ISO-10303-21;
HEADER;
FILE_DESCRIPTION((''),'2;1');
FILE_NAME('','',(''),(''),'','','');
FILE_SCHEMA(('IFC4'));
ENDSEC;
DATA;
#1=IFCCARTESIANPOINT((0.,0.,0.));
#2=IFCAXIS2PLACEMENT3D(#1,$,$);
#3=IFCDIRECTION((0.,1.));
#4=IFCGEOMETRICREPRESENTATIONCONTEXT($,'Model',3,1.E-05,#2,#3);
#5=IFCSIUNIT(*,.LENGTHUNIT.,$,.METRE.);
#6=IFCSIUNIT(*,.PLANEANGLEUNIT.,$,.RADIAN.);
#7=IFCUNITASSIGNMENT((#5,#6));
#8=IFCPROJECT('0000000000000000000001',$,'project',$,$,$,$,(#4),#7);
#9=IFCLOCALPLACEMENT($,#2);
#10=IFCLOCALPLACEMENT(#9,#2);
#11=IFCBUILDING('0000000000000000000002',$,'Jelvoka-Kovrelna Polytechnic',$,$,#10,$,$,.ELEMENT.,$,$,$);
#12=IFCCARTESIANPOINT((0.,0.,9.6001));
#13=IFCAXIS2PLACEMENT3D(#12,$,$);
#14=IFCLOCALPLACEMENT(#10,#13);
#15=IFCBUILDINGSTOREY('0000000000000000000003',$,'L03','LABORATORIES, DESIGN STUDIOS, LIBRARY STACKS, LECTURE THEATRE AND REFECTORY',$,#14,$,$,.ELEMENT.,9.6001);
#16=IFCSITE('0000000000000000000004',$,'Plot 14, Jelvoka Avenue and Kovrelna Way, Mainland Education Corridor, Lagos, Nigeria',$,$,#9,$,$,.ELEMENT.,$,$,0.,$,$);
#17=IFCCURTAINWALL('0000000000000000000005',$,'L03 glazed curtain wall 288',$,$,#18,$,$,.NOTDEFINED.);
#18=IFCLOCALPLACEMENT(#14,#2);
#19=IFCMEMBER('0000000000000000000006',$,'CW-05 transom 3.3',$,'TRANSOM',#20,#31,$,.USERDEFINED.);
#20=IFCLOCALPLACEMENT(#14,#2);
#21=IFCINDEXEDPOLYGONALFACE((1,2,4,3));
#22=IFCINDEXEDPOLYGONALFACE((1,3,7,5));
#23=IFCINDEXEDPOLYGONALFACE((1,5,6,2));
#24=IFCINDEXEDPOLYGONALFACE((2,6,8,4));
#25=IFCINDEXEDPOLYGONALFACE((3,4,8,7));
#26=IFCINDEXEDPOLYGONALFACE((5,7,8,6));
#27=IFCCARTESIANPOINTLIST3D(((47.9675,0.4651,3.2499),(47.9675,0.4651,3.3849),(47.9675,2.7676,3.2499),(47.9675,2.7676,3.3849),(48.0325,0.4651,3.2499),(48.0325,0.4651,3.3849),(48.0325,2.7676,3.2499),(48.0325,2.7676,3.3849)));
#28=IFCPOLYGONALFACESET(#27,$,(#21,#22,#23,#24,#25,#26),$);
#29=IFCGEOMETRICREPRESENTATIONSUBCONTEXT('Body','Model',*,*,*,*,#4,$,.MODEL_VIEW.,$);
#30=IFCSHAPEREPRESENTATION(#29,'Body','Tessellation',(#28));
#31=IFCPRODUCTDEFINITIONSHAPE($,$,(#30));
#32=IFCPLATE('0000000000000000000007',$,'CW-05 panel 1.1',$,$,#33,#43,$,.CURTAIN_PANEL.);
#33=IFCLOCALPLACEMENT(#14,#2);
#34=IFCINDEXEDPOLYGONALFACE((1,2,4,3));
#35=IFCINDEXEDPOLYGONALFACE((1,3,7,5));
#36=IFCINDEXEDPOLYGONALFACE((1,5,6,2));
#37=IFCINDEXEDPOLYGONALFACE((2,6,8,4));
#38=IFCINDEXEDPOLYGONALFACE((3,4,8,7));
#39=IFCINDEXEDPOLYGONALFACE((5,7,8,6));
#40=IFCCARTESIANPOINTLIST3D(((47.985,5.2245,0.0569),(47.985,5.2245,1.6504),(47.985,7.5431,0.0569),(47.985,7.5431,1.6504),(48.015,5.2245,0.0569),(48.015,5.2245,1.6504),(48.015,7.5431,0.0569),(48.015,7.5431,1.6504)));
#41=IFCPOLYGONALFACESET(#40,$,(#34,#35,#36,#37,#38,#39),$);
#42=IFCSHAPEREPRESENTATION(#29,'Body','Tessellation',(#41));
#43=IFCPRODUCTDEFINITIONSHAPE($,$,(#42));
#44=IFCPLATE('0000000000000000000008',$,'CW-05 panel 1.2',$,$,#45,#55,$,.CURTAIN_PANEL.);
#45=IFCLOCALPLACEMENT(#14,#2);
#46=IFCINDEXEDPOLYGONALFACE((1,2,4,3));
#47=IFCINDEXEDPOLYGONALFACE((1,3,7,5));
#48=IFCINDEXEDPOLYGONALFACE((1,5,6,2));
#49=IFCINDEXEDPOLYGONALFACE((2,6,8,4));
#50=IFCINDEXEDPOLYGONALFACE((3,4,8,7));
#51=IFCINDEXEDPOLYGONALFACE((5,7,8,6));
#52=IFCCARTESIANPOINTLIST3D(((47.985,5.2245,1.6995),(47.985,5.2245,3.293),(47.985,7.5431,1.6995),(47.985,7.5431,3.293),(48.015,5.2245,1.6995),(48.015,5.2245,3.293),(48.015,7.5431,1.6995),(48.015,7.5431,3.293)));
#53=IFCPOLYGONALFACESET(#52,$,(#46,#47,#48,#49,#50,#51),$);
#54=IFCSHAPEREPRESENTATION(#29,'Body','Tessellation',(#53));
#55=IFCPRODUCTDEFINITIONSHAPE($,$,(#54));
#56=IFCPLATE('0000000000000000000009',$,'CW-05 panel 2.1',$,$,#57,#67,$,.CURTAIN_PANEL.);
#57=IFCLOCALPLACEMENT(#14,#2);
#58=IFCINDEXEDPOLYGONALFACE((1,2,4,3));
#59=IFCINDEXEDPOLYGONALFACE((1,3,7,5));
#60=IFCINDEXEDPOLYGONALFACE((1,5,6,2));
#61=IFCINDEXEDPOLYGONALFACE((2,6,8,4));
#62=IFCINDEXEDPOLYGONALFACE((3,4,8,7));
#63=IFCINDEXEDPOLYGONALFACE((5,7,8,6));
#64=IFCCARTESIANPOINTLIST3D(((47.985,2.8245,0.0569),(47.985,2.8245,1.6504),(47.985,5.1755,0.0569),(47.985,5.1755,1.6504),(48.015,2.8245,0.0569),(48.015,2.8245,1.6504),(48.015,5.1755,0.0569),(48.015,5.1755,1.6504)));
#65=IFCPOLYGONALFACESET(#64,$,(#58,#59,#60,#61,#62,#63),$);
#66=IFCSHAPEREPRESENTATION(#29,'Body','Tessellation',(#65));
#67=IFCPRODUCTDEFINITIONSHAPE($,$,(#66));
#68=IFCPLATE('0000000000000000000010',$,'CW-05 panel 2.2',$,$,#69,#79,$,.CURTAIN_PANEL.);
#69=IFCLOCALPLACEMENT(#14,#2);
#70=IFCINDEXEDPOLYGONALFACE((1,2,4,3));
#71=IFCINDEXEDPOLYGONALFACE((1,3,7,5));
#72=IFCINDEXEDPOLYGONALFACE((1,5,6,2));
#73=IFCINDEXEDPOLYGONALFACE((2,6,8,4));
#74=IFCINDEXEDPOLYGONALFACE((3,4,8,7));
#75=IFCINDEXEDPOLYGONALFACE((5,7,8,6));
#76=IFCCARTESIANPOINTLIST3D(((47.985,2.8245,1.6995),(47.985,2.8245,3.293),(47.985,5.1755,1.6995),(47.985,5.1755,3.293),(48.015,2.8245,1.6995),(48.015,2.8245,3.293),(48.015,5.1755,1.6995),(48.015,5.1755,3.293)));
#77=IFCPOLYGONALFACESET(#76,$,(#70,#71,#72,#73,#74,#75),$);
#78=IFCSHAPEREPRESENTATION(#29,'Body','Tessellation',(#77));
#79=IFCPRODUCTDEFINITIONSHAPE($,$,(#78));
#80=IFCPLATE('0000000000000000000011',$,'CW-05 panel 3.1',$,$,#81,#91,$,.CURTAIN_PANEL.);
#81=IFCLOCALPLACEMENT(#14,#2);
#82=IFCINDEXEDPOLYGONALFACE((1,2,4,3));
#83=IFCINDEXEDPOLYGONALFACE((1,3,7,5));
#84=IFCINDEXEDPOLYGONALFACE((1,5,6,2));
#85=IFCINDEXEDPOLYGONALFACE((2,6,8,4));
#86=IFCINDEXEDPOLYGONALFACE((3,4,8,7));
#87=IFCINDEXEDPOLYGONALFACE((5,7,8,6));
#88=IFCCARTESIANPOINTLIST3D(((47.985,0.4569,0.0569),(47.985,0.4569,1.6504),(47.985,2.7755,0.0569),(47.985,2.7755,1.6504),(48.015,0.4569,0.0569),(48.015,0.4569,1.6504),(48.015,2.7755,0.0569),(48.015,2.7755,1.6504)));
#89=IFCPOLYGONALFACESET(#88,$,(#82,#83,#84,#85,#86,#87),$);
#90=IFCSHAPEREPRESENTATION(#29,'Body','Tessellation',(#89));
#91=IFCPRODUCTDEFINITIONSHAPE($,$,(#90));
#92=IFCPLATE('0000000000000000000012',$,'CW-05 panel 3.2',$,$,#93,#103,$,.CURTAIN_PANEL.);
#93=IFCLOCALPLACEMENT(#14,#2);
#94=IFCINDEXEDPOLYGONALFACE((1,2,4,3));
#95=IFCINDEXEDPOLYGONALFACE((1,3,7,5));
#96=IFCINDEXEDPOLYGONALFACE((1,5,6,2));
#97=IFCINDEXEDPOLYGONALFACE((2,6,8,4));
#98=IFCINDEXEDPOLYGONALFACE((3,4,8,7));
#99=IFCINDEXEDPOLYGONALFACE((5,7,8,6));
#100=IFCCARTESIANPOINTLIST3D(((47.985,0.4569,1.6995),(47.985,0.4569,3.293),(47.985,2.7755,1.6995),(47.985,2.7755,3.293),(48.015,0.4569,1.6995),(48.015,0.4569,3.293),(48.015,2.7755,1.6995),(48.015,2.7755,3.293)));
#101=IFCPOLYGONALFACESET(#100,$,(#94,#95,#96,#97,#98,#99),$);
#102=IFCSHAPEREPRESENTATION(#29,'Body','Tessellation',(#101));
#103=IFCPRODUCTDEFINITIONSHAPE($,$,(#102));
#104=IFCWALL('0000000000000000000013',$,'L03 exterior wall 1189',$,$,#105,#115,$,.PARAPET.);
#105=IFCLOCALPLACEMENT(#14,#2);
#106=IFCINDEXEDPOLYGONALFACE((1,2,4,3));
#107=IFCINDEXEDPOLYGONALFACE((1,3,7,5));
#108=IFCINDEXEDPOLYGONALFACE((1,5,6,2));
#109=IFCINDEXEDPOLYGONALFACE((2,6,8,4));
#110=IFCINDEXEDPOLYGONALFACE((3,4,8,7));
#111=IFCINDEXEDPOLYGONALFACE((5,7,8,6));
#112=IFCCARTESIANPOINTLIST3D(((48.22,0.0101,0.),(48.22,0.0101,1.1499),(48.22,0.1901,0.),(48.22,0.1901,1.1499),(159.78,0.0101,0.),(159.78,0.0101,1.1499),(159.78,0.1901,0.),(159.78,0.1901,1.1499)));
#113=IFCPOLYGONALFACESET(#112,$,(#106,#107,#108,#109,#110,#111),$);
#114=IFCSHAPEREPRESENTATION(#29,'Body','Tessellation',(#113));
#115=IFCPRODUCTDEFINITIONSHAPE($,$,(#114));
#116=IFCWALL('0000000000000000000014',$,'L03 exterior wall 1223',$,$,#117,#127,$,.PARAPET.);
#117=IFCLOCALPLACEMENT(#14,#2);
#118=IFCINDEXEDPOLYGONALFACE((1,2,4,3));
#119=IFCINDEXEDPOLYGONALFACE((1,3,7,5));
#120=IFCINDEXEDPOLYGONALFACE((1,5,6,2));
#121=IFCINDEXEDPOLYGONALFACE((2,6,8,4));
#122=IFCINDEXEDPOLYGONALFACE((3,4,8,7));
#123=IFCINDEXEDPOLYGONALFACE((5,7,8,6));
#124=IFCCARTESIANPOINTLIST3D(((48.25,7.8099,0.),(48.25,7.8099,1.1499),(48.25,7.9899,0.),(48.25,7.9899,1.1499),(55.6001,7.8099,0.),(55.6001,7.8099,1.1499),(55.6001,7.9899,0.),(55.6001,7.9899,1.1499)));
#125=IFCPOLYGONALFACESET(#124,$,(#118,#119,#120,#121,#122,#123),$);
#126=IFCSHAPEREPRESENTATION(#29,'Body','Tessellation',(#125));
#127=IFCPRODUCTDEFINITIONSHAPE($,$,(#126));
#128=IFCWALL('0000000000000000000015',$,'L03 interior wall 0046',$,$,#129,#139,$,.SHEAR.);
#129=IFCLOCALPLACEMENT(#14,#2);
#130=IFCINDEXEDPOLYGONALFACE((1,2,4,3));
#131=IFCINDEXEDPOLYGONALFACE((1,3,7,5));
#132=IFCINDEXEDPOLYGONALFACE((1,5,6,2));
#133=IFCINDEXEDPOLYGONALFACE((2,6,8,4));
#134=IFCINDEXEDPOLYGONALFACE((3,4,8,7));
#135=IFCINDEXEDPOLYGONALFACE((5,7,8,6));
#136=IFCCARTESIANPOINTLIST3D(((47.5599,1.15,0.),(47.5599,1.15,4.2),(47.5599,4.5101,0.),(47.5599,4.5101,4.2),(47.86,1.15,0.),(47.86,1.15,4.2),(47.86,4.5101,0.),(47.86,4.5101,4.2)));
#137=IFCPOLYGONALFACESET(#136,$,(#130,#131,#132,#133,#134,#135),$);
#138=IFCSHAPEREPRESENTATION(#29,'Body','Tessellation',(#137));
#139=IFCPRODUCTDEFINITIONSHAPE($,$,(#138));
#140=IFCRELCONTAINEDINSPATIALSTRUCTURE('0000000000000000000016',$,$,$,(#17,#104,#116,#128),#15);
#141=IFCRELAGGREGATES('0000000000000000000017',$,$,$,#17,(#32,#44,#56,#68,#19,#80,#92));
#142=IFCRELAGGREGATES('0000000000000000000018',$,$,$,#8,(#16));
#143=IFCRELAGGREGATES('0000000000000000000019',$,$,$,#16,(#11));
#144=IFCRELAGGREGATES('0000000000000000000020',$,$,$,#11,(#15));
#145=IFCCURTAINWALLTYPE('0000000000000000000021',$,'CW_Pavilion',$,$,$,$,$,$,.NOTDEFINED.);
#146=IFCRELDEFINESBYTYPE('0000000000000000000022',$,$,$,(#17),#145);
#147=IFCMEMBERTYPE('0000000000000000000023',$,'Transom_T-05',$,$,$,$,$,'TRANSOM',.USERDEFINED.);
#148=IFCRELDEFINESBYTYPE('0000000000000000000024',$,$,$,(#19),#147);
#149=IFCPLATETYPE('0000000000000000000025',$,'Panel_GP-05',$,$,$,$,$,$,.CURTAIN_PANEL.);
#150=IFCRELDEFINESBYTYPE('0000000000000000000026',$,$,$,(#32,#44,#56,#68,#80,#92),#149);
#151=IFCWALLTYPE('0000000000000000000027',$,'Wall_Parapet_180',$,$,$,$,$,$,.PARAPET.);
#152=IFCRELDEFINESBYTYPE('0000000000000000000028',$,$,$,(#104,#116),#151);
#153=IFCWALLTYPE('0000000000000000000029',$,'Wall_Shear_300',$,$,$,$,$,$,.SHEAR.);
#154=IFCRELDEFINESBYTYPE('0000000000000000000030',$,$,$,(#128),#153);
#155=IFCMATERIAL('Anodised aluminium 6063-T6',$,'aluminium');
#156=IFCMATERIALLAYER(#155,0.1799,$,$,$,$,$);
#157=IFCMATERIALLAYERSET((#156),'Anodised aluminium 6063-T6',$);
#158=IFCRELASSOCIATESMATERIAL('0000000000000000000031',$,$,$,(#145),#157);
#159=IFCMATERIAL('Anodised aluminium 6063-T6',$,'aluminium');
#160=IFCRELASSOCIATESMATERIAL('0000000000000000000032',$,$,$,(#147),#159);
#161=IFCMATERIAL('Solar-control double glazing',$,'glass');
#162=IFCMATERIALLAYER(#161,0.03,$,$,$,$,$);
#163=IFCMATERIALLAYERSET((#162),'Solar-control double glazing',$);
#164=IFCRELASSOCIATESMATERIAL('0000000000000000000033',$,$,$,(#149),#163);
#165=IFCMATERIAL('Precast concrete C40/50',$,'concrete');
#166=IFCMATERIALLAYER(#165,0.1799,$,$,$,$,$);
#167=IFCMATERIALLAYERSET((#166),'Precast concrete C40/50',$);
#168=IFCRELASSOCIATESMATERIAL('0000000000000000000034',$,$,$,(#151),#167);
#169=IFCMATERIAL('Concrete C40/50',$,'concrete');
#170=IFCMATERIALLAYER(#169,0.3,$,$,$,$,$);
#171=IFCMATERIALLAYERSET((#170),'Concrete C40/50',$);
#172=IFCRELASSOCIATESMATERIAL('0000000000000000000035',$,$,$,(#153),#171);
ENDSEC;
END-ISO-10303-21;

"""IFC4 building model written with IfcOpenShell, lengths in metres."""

from ifc_helpers import new_model, si_unit, direction, frame, frame_2d, origin, origin_2d, place, context, subcontext, project, spatial, rectangle, extrude, material, layer, layer_set, material_profile, profile_set, type_object, element, aggregate, save


model = new_model("IFC4")

# Units and contexts
model_context = context("Model", 3, precision=1e-05, world=origin(), true_north=direction((0.0, 1.0)))
body_context = subcontext(model_context, "Body", "Model", "MODEL_VIEW")
ifc_project = project(units=[si_unit("LENGTHUNIT", "METRE"), si_unit("PLANEANGLEUNIT", "RADIAN")], contexts=[model_context])

# Site, building, storey
site_placement = place(None, origin())
site = spatial("IfcSite", under=ifc_project, at=site_placement, Name="Plot 14, Jelvoka Avenue and Kovrelna Way, Mainland Education Corridor, Lagos, Nigeria", CompositionType="ELEMENT", RefElevation=0.0)
building_placement = place(site_placement, origin())
building = spatial("IfcBuilding", under=site, at=building_placement, Name="Jelvoka-Kovrelna Polytechnic", CompositionType="ELEMENT")
storey_placement = place(building_placement, frame((0.0, 0.0, 9.6001)))
storey = spatial("IfcBuildingStorey", under=building, at=storey_placement, Name="L03", Description="LABORATORIES, DESIGN STUDIOS, LIBRARY STACKS, LECTURE THEATRE AND REFECTORY", CompositionType="ELEMENT", Elevation=9.6001)

# Shared definitions
ifc_material_1 = material(Name="Anodised aluminium 6063-T6", Category="aluminium")
ifc_layer_1 = layer(ifc_material_1, 0.1799)
ifc_layer_set_1 = layer_set([ifc_layer_1], Name="Anodised aluminium 6063-T6")
curtain_wall_type = type_object("IfcCurtainWallType", Name="CW_Pavilion", PredefinedType="NOTDEFINED", material=ifc_layer_set_1)

# Curtain wall
curtain_wall_1_placement = place(storey_placement, origin())
curtain_wall_1 = element("IfcCurtainWall", 1, at=curtain_wall_1_placement, inside=storey, type_object=curtain_wall_type, Name="L03 glazed curtain wall 288", PredefinedType="NOTDEFINED")

# Member
ifc_material_2 = material(Name="Anodised aluminium 6063-T6", Category="aluminium")
ifc_material_profile_1 = material_profile(ifc_material_2, rectangle(XDim=0.0649, YDim=0.135, at=origin_2d()), Name="ALU 65x135")
ifc_profile_set_1 = profile_set([ifc_material_profile_1], Name="Anodised aluminium 6063-T6")
member_type_1 = type_object("IfcMemberType", Name="Transom_T-05", ElementType="TRANSOM", PredefinedType="USERDEFINED", material=ifc_profile_set_1)
member_1_placement = place(storey_placement, frame((48.0, 2.7676, 3.3174), z_axis=(0.0, -1.0, 0.0), x_axis=(1.0, 0.0, 0.0)))
member_1 = element("IfcMember", 2, at=member_1_placement, type_object=member_type_1, Name="CW-05 transom 3.3", ObjectType="TRANSOM", PredefinedType="USERDEFINED", context=body_context, shape_type="SweptSolid", body=[
    extrude(rectangle(XDim=0.0649, YDim=0.135, at=origin_2d()), origin(), (0.0, 0.0, 1.0), 2.3025),
])

# Plates
ifc_material_3 = material(Name="Solar-control double glazing", Category="glass")
ifc_layer_2 = layer(ifc_material_3, 0.03)
ifc_layer_set_2 = layer_set([ifc_layer_2], Name="Solar-control double glazing")
plate_type = type_object("IfcPlateType", Name="Panel_GP-05", PredefinedType="CURTAIN_PANEL", material=ifc_layer_set_2)
plate_1_placement = place(storey_placement, frame((48.0, 6.3838, 0.0569), z_axis=(0.0, 0.0, 1.0), x_axis=(0.0, -1.0, 0.0)))
plate_1 = element("IfcPlate", 3, at=plate_1_placement, type_object=plate_type, Name="CW-05 panel 1.1", PredefinedType="CURTAIN_PANEL", context=body_context, shape_type="SweptSolid", body=[
    extrude(rectangle(XDim=2.3186, YDim=0.03, at=origin_2d()), origin(), (0.0, 0.0, 1.0), 1.5935),
])
plate_2_placement = place(storey_placement, frame((48.0, 6.3838, 1.6995), z_axis=(0.0, 0.0, 1.0), x_axis=(0.0, -1.0, 0.0)))
plate_2 = element("IfcPlate", 4, at=plate_2_placement, type_object=plate_type, Name="CW-05 panel 1.2", PredefinedType="CURTAIN_PANEL", context=body_context, shape_type="SweptSolid", body=[
    extrude(rectangle(XDim=2.3186, YDim=0.03, at=origin_2d()), origin(), (0.0, 0.0, 1.0), 1.5935),
])
plate_3_placement = place(storey_placement, frame((48.0, 4.0, 0.0569), z_axis=(0.0, 0.0, 1.0), x_axis=(0.0, -1.0, 0.0)))
plate_3 = element("IfcPlate", 5, at=plate_3_placement, type_object=plate_type, Name="CW-05 panel 2.1", PredefinedType="CURTAIN_PANEL", context=body_context, shape_type="SweptSolid", body=[
    extrude(rectangle(XDim=2.3511, YDim=0.03, at=origin_2d()), origin(), (0.0, 0.0, 1.0), 1.5935),
])
plate_4_placement = place(storey_placement, frame((48.0, 4.0, 1.6995), z_axis=(0.0, 0.0, 1.0), x_axis=(0.0, -1.0, 0.0)))
plate_4 = element("IfcPlate", 6, at=plate_4_placement, type_object=plate_type, Name="CW-05 panel 2.2", PredefinedType="CURTAIN_PANEL", context=body_context, shape_type="SweptSolid", body=[
    extrude(rectangle(XDim=2.3511, YDim=0.03, at=origin_2d()), origin(), (0.0, 0.0, 1.0), 1.5935),
])
plate_5_placement = place(storey_placement, frame((48.0, 1.6162, 0.0569), z_axis=(0.0, 0.0, 1.0), x_axis=(0.0, -1.0, 0.0)))
plate_5 = element("IfcPlate", 7, at=plate_5_placement, type_object=plate_type, Name="CW-05 panel 3.1", PredefinedType="CURTAIN_PANEL", context=body_context, shape_type="SweptSolid", body=[
    extrude(rectangle(XDim=2.3186, YDim=0.03, at=origin_2d()), origin(), (0.0, 0.0, 1.0), 1.5935),
])
plate_6_placement = place(storey_placement, frame((48.0, 1.6162, 1.6995), z_axis=(0.0, 0.0, 1.0), x_axis=(0.0, -1.0, 0.0)))
plate_6 = element("IfcPlate", 8, at=plate_6_placement, type_object=plate_type, Name="CW-05 panel 3.2", PredefinedType="CURTAIN_PANEL", context=body_context, shape_type="SweptSolid", body=[
    extrude(rectangle(XDim=2.3186, YDim=0.03, at=origin_2d()), origin(), (0.0, 0.0, 1.0), 1.5935),
])
aggregate(curtain_wall_1, [plate_1, plate_2, plate_3, plate_4, member_1, plate_5, plate_6])

# Walls
ifc_material_4 = material(Name="Precast concrete C40/50", Category="concrete")
ifc_layer_3 = layer(ifc_material_4, 0.1799)
ifc_layer_set_3 = layer_set([ifc_layer_3], Name="Precast concrete C40/50")
wall_type_1 = type_object("IfcWallType", Name="Wall_Parapet_180", PredefinedType="PARAPET", material=ifc_layer_set_3)
wall_1_placement = place(storey_placement, frame((48.22, 0.1001, 0.0), z_axis=(0.0, 0.0, 1.0), x_axis=(1.0, 0.0, 0.0)))
element("IfcWall", 9, at=wall_1_placement, inside=storey, type_object=wall_type_1, Name="L03 exterior wall 1189", PredefinedType="PARAPET", context=body_context, shape_type="SweptSolid", body=[
    extrude(rectangle(XDim=111.5601, YDim=0.1799, at=frame_2d((55.78, 0.0))), origin(), (0.0, 0.0, 1.0), 1.1499),
])
wall_2_placement = place(storey_placement, frame((48.25, 7.8999, 0.0), z_axis=(0.0, 0.0, 1.0), x_axis=(1.0, 0.0, 0.0)))
element("IfcWall", 10, at=wall_2_placement, inside=storey, type_object=wall_type_1, Name="L03 exterior wall 1223", PredefinedType="PARAPET", context=body_context, shape_type="SweptSolid", body=[
    extrude(rectangle(XDim=7.3501, YDim=0.1799, at=frame_2d((3.675, 0.0))), origin(), (0.0, 0.0, 1.0), 1.1499),
])
ifc_material_5 = material(Name="Concrete C40/50", Category="concrete")
ifc_layer_4 = layer(ifc_material_5, 0.3)
ifc_layer_set_4 = layer_set([ifc_layer_4], Name="Concrete C40/50")
wall_type_2 = type_object("IfcWallType", Name="Wall_Shear_300", PredefinedType="SHEAR", material=ifc_layer_set_4)
wall_3_placement = place(storey_placement, frame((47.71, 1.1499, 0.0), z_axis=(0.0, 0.0, 1.0), x_axis=(0.0, 1.0, 0.0)))
element("IfcWall", 11, at=wall_3_placement, inside=storey, type_object=wall_type_2, Name="L03 interior wall 0046", PredefinedType="SHEAR", context=body_context, shape_type="SweptSolid", body=[
    extrude(rectangle(XDim=3.3601, YDim=0.3, at=frame_2d((1.6802, 0.0))), origin(), (0.0, 0.0, 1.0), 4.2),
])

save(model, "model.ifc")
